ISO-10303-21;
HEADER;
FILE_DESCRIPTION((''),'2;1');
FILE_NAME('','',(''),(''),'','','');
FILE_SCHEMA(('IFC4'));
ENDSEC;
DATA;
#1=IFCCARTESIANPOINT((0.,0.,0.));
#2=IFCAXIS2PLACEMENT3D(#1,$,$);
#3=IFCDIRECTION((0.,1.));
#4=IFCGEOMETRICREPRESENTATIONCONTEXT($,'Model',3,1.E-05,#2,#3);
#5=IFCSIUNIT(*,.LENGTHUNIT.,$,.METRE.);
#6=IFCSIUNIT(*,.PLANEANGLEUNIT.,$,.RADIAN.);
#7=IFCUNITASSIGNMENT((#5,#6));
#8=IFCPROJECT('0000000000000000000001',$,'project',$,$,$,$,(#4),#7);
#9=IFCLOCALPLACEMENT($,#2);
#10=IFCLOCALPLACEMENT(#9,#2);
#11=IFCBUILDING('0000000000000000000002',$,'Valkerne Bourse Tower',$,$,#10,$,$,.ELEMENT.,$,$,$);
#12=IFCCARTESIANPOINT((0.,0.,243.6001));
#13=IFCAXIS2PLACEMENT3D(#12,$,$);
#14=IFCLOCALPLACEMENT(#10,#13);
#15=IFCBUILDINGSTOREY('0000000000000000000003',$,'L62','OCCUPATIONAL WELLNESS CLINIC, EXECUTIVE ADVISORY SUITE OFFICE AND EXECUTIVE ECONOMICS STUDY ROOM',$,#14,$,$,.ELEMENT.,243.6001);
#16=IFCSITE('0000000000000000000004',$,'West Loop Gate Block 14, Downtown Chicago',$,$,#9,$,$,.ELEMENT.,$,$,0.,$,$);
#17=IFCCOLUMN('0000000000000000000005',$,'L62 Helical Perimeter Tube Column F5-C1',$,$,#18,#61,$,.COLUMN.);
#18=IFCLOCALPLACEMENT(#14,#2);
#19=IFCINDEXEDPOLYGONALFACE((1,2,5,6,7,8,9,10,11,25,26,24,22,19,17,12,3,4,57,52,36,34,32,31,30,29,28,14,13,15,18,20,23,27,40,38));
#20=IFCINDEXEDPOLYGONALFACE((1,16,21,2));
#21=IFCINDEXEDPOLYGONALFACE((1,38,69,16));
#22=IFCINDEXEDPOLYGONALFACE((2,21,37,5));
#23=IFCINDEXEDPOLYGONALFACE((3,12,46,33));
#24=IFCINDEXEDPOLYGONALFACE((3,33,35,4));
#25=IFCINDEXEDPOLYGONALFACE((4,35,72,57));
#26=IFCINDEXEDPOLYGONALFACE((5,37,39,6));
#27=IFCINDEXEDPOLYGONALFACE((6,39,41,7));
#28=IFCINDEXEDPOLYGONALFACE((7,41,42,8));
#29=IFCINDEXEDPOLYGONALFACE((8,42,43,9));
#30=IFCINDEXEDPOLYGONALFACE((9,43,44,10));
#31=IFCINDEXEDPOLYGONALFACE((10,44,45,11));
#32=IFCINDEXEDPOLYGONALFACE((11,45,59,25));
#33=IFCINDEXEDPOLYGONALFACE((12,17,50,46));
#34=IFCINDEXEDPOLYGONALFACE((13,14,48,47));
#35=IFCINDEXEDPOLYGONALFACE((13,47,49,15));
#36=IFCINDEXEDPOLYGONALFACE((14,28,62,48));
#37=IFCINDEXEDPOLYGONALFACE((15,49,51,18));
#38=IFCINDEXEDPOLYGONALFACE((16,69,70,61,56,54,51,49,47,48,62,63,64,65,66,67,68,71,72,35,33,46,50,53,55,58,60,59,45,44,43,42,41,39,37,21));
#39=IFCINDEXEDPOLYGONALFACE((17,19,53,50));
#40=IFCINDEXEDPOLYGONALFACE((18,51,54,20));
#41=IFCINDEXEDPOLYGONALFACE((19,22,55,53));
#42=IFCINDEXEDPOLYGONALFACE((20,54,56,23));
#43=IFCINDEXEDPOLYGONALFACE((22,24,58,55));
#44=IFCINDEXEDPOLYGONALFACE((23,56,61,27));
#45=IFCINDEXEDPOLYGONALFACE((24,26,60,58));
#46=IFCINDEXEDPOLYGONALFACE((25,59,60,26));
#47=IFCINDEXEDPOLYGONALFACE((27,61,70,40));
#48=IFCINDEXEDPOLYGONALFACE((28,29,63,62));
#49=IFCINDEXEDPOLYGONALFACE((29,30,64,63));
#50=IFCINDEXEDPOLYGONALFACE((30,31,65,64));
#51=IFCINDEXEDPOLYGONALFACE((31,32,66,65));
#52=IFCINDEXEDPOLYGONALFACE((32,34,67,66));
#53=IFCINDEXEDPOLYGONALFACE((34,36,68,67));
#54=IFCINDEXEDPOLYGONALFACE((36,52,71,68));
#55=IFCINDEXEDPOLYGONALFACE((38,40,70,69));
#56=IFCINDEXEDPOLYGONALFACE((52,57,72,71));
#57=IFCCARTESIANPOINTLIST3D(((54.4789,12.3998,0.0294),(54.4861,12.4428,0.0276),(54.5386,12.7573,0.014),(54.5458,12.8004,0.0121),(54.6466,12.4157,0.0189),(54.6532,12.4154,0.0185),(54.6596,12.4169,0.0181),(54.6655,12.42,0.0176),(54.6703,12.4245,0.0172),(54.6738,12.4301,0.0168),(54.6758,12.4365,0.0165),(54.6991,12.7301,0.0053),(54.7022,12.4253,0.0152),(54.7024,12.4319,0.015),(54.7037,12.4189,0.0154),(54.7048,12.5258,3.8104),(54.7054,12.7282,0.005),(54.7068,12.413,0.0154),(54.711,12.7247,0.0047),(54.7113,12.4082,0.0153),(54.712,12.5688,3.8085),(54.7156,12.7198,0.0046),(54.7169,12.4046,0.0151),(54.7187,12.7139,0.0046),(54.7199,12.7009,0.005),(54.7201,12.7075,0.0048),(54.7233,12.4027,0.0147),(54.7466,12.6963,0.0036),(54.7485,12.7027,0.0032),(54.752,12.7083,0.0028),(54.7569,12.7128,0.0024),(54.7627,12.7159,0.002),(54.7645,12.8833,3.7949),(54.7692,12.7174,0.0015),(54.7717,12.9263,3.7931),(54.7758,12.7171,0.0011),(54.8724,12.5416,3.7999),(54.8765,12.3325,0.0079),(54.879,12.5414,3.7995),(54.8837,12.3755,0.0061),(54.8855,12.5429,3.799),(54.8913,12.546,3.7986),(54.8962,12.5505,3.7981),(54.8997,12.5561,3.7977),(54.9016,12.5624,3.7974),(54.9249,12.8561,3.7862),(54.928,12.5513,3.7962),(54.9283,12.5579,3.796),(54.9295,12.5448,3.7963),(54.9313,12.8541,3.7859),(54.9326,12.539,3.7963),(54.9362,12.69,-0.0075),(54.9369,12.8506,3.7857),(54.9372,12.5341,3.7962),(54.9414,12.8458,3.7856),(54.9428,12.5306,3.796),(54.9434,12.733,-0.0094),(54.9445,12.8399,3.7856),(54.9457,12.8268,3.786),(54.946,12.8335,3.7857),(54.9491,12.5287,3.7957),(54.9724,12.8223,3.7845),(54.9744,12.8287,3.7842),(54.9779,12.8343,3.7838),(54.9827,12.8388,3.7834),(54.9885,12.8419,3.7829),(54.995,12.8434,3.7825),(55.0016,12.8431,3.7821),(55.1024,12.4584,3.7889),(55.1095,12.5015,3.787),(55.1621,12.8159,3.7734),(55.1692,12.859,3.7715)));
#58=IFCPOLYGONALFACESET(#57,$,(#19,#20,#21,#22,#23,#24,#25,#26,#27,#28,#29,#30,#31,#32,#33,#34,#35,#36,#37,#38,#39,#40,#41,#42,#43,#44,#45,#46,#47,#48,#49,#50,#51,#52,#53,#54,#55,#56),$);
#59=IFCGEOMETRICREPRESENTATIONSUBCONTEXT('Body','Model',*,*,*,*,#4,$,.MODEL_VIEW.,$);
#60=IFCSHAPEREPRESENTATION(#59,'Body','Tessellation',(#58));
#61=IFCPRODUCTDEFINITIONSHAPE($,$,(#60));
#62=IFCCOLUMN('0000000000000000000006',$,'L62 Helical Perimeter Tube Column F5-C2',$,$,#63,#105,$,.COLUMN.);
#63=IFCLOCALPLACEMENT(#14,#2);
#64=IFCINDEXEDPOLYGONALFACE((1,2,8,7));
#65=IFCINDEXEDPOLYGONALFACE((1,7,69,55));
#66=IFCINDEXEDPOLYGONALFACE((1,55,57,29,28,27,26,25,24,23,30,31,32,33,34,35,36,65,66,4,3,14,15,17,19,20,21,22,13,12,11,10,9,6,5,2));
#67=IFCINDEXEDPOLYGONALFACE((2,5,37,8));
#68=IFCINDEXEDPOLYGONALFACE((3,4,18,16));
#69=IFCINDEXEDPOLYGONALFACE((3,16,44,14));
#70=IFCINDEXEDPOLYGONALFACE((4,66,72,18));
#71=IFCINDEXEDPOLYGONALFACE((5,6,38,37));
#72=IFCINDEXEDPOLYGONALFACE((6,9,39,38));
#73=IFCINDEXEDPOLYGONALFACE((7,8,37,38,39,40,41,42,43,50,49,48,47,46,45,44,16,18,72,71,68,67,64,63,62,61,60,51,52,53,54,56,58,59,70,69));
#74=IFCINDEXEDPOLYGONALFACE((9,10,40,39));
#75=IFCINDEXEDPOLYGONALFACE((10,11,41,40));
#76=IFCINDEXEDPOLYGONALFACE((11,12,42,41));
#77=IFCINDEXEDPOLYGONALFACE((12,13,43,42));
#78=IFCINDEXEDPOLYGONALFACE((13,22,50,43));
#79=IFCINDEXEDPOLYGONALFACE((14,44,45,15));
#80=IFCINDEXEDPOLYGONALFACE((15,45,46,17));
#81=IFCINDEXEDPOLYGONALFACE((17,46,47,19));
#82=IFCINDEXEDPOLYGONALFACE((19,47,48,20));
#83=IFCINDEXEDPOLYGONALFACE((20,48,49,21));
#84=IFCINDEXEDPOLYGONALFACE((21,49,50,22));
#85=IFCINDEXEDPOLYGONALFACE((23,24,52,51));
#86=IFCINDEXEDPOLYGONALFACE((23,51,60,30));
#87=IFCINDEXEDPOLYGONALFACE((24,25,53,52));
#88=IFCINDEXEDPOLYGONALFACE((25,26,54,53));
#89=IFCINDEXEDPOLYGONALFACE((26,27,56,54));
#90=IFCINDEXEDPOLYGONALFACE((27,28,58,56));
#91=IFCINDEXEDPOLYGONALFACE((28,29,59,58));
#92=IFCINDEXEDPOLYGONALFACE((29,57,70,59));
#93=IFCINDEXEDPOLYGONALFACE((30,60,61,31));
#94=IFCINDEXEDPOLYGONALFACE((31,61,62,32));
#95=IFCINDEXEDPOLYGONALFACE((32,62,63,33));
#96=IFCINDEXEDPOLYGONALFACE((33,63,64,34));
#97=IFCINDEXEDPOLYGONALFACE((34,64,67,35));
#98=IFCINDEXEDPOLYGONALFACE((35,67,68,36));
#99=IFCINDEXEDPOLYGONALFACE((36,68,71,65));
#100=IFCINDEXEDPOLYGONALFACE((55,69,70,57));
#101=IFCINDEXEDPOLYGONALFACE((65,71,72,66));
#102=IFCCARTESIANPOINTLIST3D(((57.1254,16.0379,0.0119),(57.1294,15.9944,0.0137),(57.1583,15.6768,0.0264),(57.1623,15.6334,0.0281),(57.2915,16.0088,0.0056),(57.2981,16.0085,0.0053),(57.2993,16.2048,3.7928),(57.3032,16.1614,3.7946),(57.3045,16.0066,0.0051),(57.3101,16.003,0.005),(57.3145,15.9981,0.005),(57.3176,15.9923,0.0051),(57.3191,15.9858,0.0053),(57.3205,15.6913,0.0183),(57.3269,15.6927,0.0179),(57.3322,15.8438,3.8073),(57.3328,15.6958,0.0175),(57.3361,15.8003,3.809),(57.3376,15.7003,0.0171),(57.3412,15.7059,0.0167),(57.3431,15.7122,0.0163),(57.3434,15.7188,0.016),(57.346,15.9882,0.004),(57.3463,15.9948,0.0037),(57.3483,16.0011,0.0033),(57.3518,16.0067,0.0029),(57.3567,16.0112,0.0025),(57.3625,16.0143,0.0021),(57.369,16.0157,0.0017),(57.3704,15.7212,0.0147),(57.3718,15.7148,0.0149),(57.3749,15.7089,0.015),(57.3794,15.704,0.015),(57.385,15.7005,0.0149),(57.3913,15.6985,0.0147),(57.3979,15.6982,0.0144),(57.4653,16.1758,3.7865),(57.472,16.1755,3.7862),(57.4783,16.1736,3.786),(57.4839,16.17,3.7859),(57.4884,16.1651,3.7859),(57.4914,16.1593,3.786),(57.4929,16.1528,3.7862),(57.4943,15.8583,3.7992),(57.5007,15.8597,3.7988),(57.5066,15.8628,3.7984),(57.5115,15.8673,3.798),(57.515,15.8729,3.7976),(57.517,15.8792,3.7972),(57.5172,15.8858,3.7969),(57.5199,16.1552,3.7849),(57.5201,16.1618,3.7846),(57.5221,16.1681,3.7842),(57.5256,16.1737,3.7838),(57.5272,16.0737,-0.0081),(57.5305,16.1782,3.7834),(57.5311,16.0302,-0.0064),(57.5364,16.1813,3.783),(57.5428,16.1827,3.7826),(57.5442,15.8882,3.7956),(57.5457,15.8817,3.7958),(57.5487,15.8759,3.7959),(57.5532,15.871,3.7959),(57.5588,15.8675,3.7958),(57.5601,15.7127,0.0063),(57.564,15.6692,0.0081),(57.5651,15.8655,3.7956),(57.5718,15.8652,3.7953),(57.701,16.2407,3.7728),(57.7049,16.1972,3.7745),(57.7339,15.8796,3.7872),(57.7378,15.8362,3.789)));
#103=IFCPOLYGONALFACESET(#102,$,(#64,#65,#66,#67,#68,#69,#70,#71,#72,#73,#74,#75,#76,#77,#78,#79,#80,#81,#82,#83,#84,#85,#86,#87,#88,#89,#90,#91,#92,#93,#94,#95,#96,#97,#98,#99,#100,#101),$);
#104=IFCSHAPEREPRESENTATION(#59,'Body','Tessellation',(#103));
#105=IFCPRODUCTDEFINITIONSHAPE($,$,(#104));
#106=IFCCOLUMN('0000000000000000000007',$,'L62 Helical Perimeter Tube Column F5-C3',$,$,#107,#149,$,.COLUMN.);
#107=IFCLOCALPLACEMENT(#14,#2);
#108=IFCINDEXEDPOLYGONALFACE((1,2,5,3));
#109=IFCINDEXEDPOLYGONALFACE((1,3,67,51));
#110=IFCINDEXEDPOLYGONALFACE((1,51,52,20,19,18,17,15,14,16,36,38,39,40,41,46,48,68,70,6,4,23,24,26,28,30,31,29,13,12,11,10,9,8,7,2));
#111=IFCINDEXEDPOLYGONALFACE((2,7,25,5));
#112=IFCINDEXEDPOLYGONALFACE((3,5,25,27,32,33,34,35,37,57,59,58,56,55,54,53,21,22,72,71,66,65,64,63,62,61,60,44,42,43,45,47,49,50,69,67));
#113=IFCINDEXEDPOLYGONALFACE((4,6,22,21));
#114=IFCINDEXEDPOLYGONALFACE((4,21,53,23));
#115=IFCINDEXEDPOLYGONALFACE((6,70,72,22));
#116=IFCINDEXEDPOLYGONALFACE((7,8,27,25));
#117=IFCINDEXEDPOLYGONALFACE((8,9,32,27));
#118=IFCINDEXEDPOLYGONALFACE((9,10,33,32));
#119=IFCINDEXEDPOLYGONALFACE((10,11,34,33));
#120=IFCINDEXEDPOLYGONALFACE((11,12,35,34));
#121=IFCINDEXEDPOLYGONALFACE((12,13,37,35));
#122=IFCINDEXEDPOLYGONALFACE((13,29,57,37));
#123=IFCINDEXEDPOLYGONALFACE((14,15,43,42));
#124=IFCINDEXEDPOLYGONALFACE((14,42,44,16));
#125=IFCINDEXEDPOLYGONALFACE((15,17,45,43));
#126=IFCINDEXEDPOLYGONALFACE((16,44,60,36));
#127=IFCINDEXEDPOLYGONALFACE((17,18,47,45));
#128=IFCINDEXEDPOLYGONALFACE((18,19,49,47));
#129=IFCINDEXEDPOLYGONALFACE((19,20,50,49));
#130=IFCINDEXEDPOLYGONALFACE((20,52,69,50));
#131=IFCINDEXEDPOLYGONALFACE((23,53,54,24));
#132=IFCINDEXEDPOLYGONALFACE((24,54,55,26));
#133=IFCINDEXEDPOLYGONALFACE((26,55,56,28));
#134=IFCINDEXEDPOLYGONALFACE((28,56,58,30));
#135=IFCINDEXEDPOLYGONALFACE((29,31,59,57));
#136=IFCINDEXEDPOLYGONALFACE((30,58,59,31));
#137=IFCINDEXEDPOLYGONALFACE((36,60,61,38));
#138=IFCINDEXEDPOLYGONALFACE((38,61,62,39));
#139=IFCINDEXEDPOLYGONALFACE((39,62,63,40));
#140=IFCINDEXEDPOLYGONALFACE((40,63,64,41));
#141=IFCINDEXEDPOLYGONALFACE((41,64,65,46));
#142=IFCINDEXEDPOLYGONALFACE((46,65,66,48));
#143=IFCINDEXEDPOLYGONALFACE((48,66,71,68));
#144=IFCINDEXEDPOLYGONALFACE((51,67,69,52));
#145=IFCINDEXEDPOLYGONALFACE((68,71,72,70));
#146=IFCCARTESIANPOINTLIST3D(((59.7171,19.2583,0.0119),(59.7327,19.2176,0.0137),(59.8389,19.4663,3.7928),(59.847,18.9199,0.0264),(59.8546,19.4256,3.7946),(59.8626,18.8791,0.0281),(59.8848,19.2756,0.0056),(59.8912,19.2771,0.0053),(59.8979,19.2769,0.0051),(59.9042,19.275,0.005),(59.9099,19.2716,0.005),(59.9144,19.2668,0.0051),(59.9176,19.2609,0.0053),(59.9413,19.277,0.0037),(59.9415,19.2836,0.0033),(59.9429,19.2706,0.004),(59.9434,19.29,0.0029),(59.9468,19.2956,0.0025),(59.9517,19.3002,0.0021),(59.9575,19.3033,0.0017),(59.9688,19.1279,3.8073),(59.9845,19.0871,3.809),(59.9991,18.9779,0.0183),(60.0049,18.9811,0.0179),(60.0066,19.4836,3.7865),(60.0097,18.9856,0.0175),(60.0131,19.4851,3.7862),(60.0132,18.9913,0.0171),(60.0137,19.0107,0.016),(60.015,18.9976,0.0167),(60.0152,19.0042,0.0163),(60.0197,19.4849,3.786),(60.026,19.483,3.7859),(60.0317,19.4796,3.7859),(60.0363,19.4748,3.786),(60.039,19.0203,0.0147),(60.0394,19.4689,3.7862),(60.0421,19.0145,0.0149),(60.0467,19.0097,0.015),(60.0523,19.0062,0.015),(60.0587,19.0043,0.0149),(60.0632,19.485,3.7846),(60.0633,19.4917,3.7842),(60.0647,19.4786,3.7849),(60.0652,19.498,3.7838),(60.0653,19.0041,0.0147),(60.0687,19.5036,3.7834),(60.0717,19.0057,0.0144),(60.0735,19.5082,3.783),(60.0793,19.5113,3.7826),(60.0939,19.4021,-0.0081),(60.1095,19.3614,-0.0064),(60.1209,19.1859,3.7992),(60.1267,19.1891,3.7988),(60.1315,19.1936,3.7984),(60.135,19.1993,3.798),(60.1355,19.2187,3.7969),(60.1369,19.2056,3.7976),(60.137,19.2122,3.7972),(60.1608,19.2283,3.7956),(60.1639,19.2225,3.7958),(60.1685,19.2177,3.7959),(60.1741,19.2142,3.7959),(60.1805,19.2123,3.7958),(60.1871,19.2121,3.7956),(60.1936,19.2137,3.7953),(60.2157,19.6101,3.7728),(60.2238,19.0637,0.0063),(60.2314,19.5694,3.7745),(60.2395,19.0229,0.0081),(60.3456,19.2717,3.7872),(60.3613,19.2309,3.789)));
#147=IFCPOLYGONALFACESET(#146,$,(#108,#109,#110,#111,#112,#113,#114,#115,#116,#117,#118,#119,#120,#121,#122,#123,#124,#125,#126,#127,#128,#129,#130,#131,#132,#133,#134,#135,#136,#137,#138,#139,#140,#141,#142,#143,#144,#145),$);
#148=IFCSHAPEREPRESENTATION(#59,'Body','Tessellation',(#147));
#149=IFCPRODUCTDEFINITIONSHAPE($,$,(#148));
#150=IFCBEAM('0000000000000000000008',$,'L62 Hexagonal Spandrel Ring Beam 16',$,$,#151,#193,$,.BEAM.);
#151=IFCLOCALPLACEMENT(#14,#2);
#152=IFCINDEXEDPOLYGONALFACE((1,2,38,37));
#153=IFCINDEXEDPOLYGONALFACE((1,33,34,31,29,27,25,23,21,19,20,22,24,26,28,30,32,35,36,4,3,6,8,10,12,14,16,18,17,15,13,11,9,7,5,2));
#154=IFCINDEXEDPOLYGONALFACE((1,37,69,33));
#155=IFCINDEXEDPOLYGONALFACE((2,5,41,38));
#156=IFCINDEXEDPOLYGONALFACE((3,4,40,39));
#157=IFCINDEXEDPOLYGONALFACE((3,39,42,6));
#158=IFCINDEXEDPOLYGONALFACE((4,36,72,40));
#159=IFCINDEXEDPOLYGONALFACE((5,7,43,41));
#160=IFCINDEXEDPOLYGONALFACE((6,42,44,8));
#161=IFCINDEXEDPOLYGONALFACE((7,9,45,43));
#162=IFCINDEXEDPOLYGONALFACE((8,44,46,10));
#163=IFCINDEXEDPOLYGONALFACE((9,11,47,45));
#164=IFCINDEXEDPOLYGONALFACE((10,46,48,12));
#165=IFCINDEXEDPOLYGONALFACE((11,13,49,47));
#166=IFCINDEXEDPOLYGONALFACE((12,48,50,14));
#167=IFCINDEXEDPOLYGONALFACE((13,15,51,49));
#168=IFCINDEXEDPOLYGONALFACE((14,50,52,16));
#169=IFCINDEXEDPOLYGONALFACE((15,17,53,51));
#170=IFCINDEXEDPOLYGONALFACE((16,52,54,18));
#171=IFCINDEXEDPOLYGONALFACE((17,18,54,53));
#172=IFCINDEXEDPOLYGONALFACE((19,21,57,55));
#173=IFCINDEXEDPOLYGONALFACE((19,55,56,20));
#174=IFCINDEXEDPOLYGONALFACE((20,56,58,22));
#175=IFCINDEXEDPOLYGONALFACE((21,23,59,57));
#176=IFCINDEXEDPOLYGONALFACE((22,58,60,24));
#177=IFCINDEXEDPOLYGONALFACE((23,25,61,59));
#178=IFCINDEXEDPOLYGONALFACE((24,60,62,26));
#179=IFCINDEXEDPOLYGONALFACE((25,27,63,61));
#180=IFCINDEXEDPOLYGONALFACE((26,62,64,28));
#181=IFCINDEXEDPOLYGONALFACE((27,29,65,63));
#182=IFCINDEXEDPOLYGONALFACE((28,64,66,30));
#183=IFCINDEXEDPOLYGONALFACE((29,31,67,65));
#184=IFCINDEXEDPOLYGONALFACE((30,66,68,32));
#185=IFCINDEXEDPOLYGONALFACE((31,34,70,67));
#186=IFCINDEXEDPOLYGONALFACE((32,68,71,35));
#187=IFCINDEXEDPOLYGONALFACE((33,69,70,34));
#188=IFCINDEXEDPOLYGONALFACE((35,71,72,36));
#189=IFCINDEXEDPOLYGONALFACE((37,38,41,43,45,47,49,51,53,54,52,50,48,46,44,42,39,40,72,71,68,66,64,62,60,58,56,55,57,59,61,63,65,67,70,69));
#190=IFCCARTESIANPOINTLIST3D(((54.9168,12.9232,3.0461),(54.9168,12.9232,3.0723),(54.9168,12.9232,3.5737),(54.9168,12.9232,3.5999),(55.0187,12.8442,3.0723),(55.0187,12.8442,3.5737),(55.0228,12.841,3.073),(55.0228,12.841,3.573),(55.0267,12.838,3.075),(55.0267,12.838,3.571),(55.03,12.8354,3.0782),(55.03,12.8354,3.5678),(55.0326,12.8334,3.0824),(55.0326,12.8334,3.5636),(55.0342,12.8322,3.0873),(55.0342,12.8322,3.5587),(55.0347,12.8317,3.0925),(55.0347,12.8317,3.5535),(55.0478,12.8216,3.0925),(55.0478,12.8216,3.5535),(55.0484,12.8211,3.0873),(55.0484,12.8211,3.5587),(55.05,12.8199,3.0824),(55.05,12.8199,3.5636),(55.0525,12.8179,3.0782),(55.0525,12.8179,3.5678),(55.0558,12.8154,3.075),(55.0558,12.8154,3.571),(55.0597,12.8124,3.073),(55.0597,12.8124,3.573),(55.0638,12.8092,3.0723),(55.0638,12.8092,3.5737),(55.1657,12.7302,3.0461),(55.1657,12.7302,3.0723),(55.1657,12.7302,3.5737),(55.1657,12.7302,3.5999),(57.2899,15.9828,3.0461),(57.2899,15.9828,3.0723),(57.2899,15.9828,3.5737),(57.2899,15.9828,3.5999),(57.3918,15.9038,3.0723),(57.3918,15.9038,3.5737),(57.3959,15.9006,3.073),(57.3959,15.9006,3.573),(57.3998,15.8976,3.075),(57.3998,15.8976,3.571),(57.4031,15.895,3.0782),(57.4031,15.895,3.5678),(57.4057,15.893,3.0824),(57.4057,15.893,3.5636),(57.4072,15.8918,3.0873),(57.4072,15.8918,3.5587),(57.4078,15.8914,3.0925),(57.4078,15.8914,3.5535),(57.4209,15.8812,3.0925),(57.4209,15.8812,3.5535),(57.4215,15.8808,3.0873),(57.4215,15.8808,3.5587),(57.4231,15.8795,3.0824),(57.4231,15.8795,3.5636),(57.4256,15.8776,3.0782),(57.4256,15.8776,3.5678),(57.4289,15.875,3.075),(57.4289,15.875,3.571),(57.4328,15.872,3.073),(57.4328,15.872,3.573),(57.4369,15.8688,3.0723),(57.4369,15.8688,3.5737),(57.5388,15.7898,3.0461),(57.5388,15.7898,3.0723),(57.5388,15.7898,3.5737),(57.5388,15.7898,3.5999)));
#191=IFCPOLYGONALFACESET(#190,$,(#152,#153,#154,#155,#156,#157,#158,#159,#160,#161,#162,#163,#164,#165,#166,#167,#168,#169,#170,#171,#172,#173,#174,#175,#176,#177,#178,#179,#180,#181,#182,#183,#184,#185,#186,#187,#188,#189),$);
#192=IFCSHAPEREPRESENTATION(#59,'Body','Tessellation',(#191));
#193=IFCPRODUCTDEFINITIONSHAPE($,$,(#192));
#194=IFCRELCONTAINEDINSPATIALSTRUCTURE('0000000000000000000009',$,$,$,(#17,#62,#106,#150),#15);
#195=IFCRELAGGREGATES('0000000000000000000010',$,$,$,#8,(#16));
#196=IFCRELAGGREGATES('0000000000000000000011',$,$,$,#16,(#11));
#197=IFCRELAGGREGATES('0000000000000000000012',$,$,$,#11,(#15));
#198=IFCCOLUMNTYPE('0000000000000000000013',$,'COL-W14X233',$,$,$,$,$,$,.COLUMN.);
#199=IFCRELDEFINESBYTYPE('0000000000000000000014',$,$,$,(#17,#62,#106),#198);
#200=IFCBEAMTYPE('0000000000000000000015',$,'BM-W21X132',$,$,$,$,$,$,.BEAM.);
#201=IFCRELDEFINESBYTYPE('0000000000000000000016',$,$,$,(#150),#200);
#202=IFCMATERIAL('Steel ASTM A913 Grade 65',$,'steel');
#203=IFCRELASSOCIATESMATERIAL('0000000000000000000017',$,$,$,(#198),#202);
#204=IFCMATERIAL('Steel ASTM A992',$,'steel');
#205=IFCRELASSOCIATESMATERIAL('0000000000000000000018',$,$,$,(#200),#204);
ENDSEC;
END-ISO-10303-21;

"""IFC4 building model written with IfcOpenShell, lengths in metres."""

from ifc_helpers import new_model, si_unit, direction, frame, origin, origin_2d, place, context, subcontext, project, spatial, i_section, extrude, material, material_profile, profile_set, type_object, element, save


model = new_model("IFC4")

# Units and contexts
model_context = context("Model", 3, precision=1e-05, world=origin(), true_north=direction((0.0, 1.0)))
body_context = subcontext(model_context, "Body", "Model", "MODEL_VIEW")
ifc_project = project(units=[si_unit("LENGTHUNIT", "METRE"), si_unit("PLANEANGLEUNIT", "RADIAN")], contexts=[model_context])

# Site, building, storey
site_placement = place(None, origin())
site = spatial("IfcSite", under=ifc_project, at=site_placement, Name="West Loop Gate Block 14, Downtown Chicago", CompositionType="ELEMENT", RefElevation=0.0)
building_placement = place(site_placement, origin())
building = spatial("IfcBuilding", under=site, at=building_placement, Name="Valkerne Bourse Tower", CompositionType="ELEMENT")
storey_placement = place(building_placement, frame((0.0, 0.0, 243.6001)))
storey = spatial("IfcBuildingStorey", under=building, at=storey_placement, Name="L62", Description="OCCUPATIONAL WELLNESS CLINIC, EXECUTIVE ADVISORY SUITE OFFICE AND EXECUTIVE ECONOMICS STUDY ROOM", CompositionType="ELEMENT", Elevation=243.6001)

# Columns
ifc_material_1 = material(Name="Steel ASTM A913 Grade 65", Category="steel")
ifc_material_profile_1 = material_profile(ifc_material_1, i_section(OverallWidth=0.4038, OverallDepth=0.4065, WebThickness=0.0271, FlangeThickness=0.0437, FilletRadius=0.0254, at=origin_2d()), Name="W14X233")
ifc_profile_set_1 = profile_set([ifc_material_profile_1], Name="Steel ASTM A913 Grade 65")
column_type = type_object("IfcColumnType", Name="COL-W14X233", PredefinedType="COLUMN", material=ifc_profile_set_1)
column_placement = place(storey_placement, frame((54.7112, 12.5664, 0.01), z_axis=(0.059588, 0.033241, 0.997669), x_axis=(-0.984566, 0.166718, 0.053251)))
element("IfcColumn", 1, at=column_placement, inside=storey, type_object=column_type, Name="L62 Helical Perimeter Tube Column F5-C1", PredefinedType="COLUMN", context=body_context, shape_type="SweptSolid", body=[
    extrude(i_section(OverallWidth=0.4038, OverallDepth=0.4065, WebThickness=0.0271, FlangeThickness=0.0437, FilletRadius=0.0254, at=origin_2d()), origin(), (0.0, 0.0, 1.0), 3.7898),
])
for number, where, z_axis, x_axis, name in (
    (2, (57.3447, 15.8535, 0.01), (0.045881, 0.044077, 0.997974), (-0.994821, -0.088685, 0.049653), "L62 Helical Perimeter Tube Column F5-C2"),
    (3, (59.9783, 19.1406, 0.01), (0.032155, 0.054902, 0.997974), (-0.933135, -0.35608, 0.049655), "L62 Helical Perimeter Tube Column F5-C3"),
):
    element("IfcColumn", number, at=place(storey_placement, frame(where, z_axis=z_axis, x_axis=x_axis)), inside=storey, type_object=column_type, Name=name, PredefinedType="COLUMN", context=body_context, shape_type="SweptSolid", body=[
        extrude(i_section(OverallWidth=0.4038, OverallDepth=0.4065, WebThickness=0.0271, FlangeThickness=0.0437, FilletRadius=0.0254, at=origin_2d()), origin(), (0.0, 0.0, 1.0), 3.7886),
    ])

# Beam
ifc_material_2 = material(Name="Steel ASTM A992", Category="steel")
ifc_material_profile_2 = material_profile(ifc_material_2, i_section(OverallWidth=0.3149, OverallDepth=0.5537, WebThickness=0.0166, FlangeThickness=0.0261, FilletRadius=0.0203, at=origin_2d()), Name="W21X132")
ifc_profile_set_2 = profile_set([ifc_material_profile_2], Name="Steel ASTM A992")
beam_type = type_object("IfcBeamType", Name="BM-W21X132", PredefinedType="BEAM", material=ifc_profile_set_2)
for number, where, z_axis, x_axis, name in (
    (4, (55.0413, 12.8267, 3.323), (0.612875, 0.79018, 0.0), (-0.79018, 0.612875, 0.0), "L62 Hexagonal Spandrel Ring Beam 16"),
):
    element("IfcBeam", number, at=place(storey_placement, frame(where, z_axis=z_axis, x_axis=x_axis)), inside=storey, type_object=beam_type, Name=name, PredefinedType="BEAM", context=body_context, shape_type="SweptSolid", body=[
        extrude(i_section(OverallWidth=0.3149, OverallDepth=0.5537, WebThickness=0.0166, FlangeThickness=0.0261, FilletRadius=0.0203, at=origin_2d()), origin(), (0.0, 0.0, 1.0), 3.8721),
    ])

save(model, "model.ifc")
